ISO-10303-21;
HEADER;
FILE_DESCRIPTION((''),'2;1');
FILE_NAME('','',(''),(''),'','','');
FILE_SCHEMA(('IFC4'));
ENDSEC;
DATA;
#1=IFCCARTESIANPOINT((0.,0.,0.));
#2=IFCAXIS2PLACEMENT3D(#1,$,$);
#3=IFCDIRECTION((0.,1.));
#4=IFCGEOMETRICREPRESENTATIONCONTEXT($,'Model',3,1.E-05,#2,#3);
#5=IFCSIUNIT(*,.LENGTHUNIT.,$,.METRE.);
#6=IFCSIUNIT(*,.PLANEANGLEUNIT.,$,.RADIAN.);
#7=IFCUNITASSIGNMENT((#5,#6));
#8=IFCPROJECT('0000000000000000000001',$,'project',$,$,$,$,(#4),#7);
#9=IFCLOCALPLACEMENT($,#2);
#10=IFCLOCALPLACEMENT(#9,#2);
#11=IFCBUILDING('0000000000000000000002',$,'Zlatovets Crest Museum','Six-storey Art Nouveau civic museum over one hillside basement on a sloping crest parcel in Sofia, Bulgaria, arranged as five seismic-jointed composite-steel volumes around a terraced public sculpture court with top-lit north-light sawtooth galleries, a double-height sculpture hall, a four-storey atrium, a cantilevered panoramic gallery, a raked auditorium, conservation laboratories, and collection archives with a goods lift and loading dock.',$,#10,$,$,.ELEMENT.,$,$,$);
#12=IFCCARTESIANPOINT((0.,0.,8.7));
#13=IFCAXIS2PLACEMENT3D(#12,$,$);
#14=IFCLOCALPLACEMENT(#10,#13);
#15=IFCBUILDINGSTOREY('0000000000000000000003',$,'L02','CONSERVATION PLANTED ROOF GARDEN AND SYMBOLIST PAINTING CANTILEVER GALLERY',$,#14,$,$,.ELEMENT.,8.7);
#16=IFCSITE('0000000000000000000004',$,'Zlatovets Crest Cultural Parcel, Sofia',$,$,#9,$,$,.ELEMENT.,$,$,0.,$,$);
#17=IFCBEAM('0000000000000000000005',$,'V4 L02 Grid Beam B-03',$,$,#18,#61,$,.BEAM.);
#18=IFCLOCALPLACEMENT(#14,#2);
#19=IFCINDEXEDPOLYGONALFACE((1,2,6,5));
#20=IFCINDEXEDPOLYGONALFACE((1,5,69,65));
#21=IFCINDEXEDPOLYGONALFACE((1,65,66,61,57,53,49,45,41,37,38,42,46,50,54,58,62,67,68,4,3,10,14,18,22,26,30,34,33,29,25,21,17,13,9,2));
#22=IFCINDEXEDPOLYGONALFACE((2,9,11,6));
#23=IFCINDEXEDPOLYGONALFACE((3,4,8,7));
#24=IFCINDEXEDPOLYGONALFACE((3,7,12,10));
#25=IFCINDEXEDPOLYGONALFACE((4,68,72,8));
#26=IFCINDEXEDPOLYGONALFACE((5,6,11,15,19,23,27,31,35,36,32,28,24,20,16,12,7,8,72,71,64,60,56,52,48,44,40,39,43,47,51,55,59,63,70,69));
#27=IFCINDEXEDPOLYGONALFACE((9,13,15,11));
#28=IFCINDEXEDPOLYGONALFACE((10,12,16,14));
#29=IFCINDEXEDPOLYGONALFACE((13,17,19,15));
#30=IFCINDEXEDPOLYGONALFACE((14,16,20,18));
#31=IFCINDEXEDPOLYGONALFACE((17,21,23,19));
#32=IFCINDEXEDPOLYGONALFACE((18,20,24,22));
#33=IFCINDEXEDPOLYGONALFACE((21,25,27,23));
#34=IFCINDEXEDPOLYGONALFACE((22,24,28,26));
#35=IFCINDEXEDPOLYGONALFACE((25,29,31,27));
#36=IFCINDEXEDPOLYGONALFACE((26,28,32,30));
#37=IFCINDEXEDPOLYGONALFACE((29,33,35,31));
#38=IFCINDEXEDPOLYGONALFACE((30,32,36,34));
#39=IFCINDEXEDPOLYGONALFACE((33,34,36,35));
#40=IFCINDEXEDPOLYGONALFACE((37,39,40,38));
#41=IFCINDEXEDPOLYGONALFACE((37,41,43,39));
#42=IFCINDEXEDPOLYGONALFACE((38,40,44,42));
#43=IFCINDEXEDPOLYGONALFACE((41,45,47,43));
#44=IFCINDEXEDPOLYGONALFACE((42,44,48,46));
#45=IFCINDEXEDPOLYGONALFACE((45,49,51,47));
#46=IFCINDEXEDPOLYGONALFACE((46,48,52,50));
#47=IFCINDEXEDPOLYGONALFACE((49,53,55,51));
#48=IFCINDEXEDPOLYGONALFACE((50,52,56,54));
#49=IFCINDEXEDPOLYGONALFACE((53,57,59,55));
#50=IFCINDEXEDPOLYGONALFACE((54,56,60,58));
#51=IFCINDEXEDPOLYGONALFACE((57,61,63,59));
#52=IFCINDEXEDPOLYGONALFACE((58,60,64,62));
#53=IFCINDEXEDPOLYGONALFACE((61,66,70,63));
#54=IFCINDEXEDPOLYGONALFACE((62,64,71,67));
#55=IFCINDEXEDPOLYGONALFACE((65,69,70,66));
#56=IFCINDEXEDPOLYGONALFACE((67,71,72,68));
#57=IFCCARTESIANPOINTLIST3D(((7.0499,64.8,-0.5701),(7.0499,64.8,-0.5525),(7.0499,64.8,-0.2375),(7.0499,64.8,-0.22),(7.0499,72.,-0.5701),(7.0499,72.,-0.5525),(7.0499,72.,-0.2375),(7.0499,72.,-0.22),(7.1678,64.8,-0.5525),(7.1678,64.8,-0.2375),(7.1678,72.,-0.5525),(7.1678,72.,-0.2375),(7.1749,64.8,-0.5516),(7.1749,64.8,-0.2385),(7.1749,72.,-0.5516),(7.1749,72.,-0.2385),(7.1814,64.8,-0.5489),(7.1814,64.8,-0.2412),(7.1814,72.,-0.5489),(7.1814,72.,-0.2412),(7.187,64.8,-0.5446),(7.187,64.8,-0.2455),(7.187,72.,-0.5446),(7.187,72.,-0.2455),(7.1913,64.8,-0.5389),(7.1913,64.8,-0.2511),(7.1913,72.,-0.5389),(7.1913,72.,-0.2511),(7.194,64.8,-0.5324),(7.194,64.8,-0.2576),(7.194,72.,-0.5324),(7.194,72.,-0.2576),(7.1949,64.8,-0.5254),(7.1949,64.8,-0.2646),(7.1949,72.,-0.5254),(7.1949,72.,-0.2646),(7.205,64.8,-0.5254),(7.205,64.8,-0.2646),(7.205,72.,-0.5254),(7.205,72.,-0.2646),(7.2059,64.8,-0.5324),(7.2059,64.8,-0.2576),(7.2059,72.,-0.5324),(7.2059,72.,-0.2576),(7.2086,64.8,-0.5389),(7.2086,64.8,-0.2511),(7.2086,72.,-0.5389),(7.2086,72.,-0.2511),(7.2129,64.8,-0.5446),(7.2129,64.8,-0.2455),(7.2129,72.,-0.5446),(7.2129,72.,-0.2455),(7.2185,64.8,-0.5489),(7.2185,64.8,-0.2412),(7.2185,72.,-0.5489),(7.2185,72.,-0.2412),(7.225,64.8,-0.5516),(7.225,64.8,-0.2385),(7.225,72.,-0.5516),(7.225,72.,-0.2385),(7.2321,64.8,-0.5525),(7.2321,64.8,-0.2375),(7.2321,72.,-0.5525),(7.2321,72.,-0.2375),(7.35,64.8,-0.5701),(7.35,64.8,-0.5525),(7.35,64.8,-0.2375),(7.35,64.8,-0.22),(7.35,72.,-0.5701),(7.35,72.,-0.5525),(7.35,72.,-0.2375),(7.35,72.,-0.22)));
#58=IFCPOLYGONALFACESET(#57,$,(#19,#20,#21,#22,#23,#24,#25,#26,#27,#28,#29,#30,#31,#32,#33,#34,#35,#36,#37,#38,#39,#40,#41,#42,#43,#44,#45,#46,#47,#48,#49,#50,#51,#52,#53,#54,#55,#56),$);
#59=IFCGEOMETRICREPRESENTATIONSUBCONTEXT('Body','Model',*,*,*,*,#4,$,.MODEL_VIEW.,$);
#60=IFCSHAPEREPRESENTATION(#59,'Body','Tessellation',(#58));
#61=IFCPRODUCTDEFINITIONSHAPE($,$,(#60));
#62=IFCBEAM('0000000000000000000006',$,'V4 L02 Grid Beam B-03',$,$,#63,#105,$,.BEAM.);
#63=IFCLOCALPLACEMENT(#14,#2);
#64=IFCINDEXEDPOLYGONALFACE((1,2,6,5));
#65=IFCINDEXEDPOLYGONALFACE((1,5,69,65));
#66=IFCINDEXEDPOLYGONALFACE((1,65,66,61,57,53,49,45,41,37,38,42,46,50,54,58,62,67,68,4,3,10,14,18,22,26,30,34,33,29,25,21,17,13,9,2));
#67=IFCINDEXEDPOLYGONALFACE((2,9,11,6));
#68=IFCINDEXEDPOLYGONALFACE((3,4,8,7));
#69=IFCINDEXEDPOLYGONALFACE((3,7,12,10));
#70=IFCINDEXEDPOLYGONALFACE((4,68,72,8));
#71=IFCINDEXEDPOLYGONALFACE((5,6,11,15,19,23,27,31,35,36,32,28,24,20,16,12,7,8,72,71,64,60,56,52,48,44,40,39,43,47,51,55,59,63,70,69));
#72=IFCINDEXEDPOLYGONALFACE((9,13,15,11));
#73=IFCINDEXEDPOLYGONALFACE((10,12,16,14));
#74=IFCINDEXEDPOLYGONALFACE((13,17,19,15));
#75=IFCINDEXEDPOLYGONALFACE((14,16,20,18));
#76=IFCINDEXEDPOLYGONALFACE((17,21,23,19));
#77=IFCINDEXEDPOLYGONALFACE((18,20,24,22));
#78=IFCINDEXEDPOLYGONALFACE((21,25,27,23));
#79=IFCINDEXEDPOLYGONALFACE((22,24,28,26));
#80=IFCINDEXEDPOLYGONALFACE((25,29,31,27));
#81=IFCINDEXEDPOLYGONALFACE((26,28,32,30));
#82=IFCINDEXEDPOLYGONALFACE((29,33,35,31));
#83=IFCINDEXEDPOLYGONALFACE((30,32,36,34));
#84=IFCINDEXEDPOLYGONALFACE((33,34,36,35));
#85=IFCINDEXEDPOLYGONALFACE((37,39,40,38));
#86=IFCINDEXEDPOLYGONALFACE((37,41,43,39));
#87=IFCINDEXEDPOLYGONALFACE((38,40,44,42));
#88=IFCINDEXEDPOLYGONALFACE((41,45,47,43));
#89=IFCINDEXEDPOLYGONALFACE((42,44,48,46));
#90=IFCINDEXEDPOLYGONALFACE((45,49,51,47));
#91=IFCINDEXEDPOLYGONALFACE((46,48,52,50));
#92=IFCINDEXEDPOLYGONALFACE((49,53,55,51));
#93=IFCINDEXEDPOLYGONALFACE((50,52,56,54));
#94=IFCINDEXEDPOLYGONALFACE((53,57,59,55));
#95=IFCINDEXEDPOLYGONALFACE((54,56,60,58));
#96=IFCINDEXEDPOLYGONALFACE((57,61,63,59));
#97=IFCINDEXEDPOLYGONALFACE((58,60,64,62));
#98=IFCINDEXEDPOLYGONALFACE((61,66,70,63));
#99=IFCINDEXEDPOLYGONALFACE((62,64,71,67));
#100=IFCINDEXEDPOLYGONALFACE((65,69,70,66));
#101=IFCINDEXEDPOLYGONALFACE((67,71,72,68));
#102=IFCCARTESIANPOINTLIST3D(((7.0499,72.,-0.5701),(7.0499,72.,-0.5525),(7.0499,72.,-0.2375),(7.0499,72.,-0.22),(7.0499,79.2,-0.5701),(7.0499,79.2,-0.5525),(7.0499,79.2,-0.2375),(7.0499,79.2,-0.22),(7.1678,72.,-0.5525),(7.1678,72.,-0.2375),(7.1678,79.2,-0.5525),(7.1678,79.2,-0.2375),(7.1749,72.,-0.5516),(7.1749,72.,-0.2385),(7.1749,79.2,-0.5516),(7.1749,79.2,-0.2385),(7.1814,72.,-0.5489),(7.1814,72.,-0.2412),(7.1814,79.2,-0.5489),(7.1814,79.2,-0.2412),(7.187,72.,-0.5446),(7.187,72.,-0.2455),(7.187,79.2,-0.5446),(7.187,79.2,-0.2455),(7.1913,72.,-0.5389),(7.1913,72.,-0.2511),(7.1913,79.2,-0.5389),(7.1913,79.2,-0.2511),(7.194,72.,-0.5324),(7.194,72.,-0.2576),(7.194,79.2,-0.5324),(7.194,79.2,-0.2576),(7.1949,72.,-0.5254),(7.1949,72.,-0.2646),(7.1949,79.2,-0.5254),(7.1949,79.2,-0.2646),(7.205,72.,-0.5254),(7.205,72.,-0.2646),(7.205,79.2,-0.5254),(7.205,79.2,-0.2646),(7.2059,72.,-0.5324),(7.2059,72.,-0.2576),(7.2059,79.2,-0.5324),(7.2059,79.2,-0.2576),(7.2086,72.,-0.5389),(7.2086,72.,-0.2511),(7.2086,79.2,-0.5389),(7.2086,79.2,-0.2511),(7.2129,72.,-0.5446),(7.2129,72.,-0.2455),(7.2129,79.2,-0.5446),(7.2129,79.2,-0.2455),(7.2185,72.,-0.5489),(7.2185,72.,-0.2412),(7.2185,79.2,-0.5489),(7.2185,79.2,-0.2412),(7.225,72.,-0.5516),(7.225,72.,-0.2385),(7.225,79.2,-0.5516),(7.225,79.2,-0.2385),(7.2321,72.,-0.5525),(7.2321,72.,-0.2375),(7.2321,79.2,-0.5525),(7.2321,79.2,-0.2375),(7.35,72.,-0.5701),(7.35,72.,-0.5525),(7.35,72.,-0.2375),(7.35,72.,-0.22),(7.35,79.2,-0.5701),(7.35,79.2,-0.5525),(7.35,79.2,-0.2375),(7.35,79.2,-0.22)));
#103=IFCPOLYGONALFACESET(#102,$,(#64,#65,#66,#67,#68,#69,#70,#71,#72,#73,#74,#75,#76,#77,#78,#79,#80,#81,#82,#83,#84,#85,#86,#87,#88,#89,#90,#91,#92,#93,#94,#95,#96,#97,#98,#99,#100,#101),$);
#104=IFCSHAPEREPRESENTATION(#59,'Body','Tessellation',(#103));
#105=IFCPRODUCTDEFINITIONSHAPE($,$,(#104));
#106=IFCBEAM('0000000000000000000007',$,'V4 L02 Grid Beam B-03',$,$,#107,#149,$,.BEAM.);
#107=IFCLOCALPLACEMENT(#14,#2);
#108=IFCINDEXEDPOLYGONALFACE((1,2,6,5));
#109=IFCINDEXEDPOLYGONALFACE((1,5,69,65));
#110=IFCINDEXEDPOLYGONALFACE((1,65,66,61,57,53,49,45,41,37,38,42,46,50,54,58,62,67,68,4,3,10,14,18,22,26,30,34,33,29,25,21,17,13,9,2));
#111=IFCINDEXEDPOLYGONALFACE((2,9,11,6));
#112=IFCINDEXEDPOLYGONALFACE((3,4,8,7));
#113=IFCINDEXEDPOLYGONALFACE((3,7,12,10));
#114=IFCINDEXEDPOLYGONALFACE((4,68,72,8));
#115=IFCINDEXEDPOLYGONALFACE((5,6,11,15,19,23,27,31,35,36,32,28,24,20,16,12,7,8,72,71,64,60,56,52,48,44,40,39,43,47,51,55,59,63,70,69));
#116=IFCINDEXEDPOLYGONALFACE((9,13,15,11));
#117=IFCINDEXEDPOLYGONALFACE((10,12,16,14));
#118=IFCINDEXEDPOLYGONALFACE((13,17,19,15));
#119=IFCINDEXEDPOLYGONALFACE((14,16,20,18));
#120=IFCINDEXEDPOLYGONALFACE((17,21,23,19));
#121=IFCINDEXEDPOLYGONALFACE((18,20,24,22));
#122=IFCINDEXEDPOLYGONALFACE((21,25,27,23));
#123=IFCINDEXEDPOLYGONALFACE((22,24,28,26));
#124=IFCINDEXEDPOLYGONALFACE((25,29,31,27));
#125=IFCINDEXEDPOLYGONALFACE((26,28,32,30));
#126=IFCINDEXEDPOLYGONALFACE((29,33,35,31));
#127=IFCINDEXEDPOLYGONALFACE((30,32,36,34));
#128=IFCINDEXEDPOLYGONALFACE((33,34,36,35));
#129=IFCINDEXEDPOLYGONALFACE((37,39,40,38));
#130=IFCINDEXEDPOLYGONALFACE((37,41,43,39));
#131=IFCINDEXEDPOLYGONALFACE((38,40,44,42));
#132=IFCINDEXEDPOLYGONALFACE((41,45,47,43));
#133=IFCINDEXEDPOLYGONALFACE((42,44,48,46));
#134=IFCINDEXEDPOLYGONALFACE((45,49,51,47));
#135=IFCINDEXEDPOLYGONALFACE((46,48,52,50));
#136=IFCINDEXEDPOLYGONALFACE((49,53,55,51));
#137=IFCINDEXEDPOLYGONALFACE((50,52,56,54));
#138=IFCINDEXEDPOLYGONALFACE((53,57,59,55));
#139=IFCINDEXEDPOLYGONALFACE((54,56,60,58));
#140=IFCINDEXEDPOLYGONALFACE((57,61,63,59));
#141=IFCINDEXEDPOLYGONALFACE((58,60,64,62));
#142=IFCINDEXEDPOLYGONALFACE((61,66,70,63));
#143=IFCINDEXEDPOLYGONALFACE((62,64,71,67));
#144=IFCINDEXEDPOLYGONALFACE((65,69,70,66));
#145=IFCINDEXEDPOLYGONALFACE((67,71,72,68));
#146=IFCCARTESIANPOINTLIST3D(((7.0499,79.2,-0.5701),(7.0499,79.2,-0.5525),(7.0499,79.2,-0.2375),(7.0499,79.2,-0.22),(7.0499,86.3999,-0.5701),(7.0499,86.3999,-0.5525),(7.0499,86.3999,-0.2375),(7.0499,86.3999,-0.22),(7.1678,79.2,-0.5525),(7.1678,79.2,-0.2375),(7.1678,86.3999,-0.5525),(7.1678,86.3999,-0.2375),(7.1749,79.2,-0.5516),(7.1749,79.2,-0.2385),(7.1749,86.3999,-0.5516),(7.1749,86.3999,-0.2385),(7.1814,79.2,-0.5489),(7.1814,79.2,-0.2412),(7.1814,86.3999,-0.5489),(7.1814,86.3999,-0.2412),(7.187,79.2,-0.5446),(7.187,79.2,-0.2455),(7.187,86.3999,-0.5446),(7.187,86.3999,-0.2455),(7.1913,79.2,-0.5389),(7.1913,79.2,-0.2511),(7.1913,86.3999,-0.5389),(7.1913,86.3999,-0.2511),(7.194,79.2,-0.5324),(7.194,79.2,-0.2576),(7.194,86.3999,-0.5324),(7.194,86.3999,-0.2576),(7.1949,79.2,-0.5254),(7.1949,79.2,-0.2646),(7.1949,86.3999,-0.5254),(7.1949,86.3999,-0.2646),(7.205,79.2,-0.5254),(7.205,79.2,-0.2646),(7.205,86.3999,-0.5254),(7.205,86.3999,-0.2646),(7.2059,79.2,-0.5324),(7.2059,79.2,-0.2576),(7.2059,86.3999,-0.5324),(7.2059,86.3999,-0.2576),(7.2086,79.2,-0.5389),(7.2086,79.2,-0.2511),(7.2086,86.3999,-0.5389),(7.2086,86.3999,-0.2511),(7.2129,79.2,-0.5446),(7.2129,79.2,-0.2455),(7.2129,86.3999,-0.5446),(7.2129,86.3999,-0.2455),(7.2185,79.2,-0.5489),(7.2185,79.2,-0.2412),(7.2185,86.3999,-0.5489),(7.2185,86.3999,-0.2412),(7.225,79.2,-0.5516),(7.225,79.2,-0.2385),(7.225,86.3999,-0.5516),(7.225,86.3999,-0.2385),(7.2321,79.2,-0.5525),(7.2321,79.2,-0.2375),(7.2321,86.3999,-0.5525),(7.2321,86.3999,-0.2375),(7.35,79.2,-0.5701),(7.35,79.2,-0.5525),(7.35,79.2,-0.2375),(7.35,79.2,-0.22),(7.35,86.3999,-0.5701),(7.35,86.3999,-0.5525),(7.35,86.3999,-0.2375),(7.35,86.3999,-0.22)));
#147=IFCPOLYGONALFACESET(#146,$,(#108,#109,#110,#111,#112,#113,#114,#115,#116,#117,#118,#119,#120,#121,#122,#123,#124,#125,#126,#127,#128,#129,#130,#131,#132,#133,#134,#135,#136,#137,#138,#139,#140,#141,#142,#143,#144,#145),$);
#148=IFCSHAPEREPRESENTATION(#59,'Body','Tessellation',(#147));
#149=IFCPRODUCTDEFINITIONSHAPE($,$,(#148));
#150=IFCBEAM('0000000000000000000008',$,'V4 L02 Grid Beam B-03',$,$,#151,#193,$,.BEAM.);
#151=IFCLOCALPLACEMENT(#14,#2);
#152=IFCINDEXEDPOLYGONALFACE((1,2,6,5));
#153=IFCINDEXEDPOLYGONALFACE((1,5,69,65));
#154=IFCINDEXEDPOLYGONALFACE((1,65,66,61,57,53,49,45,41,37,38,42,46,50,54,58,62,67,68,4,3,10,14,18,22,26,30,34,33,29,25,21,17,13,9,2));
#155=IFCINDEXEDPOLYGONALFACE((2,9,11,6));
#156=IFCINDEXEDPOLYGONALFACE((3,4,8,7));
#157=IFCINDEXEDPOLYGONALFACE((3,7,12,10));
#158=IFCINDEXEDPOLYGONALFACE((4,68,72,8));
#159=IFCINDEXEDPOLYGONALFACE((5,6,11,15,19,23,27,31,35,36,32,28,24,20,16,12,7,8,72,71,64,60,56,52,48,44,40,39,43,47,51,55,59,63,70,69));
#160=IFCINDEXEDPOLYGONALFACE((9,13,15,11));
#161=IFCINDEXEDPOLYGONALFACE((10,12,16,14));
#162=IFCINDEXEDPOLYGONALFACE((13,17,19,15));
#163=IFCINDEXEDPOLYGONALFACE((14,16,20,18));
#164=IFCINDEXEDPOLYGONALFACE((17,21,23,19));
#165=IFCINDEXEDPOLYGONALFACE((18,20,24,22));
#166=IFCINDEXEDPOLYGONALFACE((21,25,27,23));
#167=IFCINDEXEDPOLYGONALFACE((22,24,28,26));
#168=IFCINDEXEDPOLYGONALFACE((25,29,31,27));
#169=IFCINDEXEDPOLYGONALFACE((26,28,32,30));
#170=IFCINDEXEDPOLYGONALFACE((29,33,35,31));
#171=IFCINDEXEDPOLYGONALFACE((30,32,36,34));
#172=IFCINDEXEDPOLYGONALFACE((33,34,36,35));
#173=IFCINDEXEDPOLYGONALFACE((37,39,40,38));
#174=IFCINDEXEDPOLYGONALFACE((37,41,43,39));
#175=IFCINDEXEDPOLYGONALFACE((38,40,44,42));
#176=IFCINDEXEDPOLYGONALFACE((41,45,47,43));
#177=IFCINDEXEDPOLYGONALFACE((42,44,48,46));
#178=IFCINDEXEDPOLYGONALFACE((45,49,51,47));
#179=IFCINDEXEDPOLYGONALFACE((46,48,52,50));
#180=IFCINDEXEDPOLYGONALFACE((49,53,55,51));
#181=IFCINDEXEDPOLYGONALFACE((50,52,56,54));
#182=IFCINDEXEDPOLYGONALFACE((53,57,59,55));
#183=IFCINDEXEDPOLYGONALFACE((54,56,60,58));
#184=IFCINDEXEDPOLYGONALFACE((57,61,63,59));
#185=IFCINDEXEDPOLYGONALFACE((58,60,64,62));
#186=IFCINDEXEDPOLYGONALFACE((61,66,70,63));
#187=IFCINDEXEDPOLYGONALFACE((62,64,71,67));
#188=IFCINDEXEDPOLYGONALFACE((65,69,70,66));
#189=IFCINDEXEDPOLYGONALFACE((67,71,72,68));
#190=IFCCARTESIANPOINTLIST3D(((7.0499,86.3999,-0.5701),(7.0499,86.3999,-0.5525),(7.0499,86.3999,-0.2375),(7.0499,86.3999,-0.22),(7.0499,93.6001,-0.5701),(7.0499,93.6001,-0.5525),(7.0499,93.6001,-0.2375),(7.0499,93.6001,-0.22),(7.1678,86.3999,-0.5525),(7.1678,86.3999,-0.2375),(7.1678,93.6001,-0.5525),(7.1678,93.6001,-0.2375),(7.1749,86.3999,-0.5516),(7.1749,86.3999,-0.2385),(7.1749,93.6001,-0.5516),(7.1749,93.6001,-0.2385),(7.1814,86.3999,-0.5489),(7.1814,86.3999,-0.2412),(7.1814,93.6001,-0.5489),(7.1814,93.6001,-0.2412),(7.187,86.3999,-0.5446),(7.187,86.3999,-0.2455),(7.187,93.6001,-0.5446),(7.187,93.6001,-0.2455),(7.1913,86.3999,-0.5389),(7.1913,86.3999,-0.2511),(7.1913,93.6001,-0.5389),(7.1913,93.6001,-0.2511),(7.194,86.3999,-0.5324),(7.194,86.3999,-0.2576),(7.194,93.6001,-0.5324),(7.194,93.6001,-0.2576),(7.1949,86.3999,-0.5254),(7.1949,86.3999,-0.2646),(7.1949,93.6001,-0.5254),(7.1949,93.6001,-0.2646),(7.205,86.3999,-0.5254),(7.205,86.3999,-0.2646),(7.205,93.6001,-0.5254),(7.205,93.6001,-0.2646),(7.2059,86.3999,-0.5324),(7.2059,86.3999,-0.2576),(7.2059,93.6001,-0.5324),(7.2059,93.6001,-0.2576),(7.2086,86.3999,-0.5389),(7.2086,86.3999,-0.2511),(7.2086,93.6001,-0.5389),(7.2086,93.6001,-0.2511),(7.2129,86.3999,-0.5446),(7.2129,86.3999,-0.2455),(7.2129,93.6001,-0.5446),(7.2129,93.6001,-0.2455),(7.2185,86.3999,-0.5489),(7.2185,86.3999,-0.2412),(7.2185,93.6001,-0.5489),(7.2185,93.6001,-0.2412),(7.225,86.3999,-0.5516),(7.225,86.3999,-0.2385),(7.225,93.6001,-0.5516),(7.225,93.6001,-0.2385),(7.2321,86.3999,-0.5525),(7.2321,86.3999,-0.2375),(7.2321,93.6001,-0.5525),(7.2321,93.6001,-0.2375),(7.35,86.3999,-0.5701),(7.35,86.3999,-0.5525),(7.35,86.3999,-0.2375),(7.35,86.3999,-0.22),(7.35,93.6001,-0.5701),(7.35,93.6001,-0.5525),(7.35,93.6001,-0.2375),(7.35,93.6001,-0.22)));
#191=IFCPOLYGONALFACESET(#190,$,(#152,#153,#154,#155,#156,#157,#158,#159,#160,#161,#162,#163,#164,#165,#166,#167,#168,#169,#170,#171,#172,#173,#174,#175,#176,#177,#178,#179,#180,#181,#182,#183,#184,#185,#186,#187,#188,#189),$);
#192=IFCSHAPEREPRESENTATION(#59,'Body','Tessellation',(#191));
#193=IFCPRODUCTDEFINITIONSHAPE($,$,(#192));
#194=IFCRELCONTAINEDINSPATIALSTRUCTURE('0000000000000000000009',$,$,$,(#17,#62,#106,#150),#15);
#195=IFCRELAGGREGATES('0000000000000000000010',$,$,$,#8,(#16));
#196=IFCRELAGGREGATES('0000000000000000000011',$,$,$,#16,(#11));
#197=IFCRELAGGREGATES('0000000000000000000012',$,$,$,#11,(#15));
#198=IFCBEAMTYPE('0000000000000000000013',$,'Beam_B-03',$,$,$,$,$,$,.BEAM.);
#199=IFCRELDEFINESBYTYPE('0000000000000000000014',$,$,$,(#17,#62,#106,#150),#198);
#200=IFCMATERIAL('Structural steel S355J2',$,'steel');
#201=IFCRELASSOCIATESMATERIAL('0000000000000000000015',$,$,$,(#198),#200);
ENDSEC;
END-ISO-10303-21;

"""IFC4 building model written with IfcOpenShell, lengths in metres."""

from ifc_helpers import new_model, si_unit, direction, frame, origin, origin_2d, place, context, subcontext, project, spatial, i_section, extrude, material, material_profile, profile_set, type_object, element, save


model = new_model("IFC4")

# Units and contexts
model_context = context("Model", 3, precision=1e-05, world=origin(), true_north=direction((0.0, 1.0)))
body_context = subcontext(model_context, "Body", "Model", "MODEL_VIEW")
ifc_project = project(units=[si_unit("LENGTHUNIT", "METRE"), si_unit("PLANEANGLEUNIT", "RADIAN")], contexts=[model_context])

# Site, building, storey
site_placement = place(None, origin())
site = spatial("IfcSite", under=ifc_project, at=site_placement, Name="Zlatovets Crest Cultural Parcel, Sofia", CompositionType="ELEMENT", RefElevation=0.0)
building_placement = place(site_placement, origin())
building = spatial("IfcBuilding", under=site, at=building_placement, Name="Zlatovets Crest Museum", Description="Six-storey Art Nouveau civic museum over one hillside basement on a sloping crest parcel in Sofia, Bulgaria, arranged as five seismic-jointed composite-steel volumes around a terraced public sculpture court with top-lit north-light sawtooth galleries, a double-height sculpture hall, a four-storey atrium, a cantilevered panoramic gallery, a raked auditorium, conservation laboratories, and collection archives with a goods lift and loading dock.", CompositionType="ELEMENT")
storey_placement = place(building_placement, frame((0.0, 0.0, 8.7)))
storey = spatial("IfcBuildingStorey", under=building, at=storey_placement, Name="L02", Description="CONSERVATION PLANTED ROOF GARDEN AND SYMBOLIST PAINTING CANTILEVER GALLERY", CompositionType="ELEMENT", Elevation=8.7)

# Shared definitions
ifc_material = material(Name="Structural steel S355J2", Category="steel")

# Beams
ifc_material_profile_1 = material_profile(ifc_material, i_section(OverallWidth=0.3, OverallDepth=0.3501, WebThickness=0.01, FlangeThickness=0.0176, FilletRadius=0.0271, at=origin_2d()), Name="HEA 360")
ifc_profile_set_1 = profile_set([ifc_material_profile_1], Name="Structural steel S355J2")
beam_type_1 = type_object("IfcBeamType", Name="Beam_B-03", PredefinedType="BEAM", material=ifc_profile_set_1)
for number, where, z_axis, x_axis, name in (
    (1, (7.2, 64.8, -0.395), (0.0, 1.0, 0.0), (-1.0, 0.0, 0.0), "V4 L02 Grid Beam B-03"),
    (2, (7.2, 72.0, -0.395), (0.0, 1.0, 0.0), (-1.0, 0.0, 0.0), "V4 L02 Grid Beam B-03"),
    (3, (7.2, 79.2, -0.395), (0.0, 1.0, 0.0), (-1.0, 0.0, 0.0), "V4 L02 Grid Beam B-03"),
):
    element("IfcBeam", number, at=place(storey_placement, frame(where, z_axis=z_axis, x_axis=x_axis)), inside=storey, type_object=beam_type_1, Name=name, PredefinedType="BEAM", context=body_context, shape_type="SweptSolid", body=[
        extrude(i_section(OverallWidth=0.3, OverallDepth=0.3501, WebThickness=0.01, FlangeThickness=0.0176, FilletRadius=0.0271, at=origin_2d()), origin(), (0.0, 0.0, 1.0), 7.2),
    ])
beam_1_placement = place(storey_placement, frame((7.2, 86.3999, -0.395), z_axis=(0.0, 1.0, 0.0), x_axis=(-1.0, 0.0, 0.0)))
element("IfcBeam", 4, at=beam_1_placement, inside=storey, type_object=beam_type_1, Name="V4 L02 Grid Beam B-03", PredefinedType="BEAM", context=body_context, shape_type="SweptSolid", body=[
    extrude(i_section(OverallWidth=0.3, OverallDepth=0.3501, WebThickness=0.01, FlangeThickness=0.0176, FilletRadius=0.0271, at=origin_2d()), origin(), (0.0, 0.0, 1.0), 7.2002),
])

save(model, "model.ifc")
